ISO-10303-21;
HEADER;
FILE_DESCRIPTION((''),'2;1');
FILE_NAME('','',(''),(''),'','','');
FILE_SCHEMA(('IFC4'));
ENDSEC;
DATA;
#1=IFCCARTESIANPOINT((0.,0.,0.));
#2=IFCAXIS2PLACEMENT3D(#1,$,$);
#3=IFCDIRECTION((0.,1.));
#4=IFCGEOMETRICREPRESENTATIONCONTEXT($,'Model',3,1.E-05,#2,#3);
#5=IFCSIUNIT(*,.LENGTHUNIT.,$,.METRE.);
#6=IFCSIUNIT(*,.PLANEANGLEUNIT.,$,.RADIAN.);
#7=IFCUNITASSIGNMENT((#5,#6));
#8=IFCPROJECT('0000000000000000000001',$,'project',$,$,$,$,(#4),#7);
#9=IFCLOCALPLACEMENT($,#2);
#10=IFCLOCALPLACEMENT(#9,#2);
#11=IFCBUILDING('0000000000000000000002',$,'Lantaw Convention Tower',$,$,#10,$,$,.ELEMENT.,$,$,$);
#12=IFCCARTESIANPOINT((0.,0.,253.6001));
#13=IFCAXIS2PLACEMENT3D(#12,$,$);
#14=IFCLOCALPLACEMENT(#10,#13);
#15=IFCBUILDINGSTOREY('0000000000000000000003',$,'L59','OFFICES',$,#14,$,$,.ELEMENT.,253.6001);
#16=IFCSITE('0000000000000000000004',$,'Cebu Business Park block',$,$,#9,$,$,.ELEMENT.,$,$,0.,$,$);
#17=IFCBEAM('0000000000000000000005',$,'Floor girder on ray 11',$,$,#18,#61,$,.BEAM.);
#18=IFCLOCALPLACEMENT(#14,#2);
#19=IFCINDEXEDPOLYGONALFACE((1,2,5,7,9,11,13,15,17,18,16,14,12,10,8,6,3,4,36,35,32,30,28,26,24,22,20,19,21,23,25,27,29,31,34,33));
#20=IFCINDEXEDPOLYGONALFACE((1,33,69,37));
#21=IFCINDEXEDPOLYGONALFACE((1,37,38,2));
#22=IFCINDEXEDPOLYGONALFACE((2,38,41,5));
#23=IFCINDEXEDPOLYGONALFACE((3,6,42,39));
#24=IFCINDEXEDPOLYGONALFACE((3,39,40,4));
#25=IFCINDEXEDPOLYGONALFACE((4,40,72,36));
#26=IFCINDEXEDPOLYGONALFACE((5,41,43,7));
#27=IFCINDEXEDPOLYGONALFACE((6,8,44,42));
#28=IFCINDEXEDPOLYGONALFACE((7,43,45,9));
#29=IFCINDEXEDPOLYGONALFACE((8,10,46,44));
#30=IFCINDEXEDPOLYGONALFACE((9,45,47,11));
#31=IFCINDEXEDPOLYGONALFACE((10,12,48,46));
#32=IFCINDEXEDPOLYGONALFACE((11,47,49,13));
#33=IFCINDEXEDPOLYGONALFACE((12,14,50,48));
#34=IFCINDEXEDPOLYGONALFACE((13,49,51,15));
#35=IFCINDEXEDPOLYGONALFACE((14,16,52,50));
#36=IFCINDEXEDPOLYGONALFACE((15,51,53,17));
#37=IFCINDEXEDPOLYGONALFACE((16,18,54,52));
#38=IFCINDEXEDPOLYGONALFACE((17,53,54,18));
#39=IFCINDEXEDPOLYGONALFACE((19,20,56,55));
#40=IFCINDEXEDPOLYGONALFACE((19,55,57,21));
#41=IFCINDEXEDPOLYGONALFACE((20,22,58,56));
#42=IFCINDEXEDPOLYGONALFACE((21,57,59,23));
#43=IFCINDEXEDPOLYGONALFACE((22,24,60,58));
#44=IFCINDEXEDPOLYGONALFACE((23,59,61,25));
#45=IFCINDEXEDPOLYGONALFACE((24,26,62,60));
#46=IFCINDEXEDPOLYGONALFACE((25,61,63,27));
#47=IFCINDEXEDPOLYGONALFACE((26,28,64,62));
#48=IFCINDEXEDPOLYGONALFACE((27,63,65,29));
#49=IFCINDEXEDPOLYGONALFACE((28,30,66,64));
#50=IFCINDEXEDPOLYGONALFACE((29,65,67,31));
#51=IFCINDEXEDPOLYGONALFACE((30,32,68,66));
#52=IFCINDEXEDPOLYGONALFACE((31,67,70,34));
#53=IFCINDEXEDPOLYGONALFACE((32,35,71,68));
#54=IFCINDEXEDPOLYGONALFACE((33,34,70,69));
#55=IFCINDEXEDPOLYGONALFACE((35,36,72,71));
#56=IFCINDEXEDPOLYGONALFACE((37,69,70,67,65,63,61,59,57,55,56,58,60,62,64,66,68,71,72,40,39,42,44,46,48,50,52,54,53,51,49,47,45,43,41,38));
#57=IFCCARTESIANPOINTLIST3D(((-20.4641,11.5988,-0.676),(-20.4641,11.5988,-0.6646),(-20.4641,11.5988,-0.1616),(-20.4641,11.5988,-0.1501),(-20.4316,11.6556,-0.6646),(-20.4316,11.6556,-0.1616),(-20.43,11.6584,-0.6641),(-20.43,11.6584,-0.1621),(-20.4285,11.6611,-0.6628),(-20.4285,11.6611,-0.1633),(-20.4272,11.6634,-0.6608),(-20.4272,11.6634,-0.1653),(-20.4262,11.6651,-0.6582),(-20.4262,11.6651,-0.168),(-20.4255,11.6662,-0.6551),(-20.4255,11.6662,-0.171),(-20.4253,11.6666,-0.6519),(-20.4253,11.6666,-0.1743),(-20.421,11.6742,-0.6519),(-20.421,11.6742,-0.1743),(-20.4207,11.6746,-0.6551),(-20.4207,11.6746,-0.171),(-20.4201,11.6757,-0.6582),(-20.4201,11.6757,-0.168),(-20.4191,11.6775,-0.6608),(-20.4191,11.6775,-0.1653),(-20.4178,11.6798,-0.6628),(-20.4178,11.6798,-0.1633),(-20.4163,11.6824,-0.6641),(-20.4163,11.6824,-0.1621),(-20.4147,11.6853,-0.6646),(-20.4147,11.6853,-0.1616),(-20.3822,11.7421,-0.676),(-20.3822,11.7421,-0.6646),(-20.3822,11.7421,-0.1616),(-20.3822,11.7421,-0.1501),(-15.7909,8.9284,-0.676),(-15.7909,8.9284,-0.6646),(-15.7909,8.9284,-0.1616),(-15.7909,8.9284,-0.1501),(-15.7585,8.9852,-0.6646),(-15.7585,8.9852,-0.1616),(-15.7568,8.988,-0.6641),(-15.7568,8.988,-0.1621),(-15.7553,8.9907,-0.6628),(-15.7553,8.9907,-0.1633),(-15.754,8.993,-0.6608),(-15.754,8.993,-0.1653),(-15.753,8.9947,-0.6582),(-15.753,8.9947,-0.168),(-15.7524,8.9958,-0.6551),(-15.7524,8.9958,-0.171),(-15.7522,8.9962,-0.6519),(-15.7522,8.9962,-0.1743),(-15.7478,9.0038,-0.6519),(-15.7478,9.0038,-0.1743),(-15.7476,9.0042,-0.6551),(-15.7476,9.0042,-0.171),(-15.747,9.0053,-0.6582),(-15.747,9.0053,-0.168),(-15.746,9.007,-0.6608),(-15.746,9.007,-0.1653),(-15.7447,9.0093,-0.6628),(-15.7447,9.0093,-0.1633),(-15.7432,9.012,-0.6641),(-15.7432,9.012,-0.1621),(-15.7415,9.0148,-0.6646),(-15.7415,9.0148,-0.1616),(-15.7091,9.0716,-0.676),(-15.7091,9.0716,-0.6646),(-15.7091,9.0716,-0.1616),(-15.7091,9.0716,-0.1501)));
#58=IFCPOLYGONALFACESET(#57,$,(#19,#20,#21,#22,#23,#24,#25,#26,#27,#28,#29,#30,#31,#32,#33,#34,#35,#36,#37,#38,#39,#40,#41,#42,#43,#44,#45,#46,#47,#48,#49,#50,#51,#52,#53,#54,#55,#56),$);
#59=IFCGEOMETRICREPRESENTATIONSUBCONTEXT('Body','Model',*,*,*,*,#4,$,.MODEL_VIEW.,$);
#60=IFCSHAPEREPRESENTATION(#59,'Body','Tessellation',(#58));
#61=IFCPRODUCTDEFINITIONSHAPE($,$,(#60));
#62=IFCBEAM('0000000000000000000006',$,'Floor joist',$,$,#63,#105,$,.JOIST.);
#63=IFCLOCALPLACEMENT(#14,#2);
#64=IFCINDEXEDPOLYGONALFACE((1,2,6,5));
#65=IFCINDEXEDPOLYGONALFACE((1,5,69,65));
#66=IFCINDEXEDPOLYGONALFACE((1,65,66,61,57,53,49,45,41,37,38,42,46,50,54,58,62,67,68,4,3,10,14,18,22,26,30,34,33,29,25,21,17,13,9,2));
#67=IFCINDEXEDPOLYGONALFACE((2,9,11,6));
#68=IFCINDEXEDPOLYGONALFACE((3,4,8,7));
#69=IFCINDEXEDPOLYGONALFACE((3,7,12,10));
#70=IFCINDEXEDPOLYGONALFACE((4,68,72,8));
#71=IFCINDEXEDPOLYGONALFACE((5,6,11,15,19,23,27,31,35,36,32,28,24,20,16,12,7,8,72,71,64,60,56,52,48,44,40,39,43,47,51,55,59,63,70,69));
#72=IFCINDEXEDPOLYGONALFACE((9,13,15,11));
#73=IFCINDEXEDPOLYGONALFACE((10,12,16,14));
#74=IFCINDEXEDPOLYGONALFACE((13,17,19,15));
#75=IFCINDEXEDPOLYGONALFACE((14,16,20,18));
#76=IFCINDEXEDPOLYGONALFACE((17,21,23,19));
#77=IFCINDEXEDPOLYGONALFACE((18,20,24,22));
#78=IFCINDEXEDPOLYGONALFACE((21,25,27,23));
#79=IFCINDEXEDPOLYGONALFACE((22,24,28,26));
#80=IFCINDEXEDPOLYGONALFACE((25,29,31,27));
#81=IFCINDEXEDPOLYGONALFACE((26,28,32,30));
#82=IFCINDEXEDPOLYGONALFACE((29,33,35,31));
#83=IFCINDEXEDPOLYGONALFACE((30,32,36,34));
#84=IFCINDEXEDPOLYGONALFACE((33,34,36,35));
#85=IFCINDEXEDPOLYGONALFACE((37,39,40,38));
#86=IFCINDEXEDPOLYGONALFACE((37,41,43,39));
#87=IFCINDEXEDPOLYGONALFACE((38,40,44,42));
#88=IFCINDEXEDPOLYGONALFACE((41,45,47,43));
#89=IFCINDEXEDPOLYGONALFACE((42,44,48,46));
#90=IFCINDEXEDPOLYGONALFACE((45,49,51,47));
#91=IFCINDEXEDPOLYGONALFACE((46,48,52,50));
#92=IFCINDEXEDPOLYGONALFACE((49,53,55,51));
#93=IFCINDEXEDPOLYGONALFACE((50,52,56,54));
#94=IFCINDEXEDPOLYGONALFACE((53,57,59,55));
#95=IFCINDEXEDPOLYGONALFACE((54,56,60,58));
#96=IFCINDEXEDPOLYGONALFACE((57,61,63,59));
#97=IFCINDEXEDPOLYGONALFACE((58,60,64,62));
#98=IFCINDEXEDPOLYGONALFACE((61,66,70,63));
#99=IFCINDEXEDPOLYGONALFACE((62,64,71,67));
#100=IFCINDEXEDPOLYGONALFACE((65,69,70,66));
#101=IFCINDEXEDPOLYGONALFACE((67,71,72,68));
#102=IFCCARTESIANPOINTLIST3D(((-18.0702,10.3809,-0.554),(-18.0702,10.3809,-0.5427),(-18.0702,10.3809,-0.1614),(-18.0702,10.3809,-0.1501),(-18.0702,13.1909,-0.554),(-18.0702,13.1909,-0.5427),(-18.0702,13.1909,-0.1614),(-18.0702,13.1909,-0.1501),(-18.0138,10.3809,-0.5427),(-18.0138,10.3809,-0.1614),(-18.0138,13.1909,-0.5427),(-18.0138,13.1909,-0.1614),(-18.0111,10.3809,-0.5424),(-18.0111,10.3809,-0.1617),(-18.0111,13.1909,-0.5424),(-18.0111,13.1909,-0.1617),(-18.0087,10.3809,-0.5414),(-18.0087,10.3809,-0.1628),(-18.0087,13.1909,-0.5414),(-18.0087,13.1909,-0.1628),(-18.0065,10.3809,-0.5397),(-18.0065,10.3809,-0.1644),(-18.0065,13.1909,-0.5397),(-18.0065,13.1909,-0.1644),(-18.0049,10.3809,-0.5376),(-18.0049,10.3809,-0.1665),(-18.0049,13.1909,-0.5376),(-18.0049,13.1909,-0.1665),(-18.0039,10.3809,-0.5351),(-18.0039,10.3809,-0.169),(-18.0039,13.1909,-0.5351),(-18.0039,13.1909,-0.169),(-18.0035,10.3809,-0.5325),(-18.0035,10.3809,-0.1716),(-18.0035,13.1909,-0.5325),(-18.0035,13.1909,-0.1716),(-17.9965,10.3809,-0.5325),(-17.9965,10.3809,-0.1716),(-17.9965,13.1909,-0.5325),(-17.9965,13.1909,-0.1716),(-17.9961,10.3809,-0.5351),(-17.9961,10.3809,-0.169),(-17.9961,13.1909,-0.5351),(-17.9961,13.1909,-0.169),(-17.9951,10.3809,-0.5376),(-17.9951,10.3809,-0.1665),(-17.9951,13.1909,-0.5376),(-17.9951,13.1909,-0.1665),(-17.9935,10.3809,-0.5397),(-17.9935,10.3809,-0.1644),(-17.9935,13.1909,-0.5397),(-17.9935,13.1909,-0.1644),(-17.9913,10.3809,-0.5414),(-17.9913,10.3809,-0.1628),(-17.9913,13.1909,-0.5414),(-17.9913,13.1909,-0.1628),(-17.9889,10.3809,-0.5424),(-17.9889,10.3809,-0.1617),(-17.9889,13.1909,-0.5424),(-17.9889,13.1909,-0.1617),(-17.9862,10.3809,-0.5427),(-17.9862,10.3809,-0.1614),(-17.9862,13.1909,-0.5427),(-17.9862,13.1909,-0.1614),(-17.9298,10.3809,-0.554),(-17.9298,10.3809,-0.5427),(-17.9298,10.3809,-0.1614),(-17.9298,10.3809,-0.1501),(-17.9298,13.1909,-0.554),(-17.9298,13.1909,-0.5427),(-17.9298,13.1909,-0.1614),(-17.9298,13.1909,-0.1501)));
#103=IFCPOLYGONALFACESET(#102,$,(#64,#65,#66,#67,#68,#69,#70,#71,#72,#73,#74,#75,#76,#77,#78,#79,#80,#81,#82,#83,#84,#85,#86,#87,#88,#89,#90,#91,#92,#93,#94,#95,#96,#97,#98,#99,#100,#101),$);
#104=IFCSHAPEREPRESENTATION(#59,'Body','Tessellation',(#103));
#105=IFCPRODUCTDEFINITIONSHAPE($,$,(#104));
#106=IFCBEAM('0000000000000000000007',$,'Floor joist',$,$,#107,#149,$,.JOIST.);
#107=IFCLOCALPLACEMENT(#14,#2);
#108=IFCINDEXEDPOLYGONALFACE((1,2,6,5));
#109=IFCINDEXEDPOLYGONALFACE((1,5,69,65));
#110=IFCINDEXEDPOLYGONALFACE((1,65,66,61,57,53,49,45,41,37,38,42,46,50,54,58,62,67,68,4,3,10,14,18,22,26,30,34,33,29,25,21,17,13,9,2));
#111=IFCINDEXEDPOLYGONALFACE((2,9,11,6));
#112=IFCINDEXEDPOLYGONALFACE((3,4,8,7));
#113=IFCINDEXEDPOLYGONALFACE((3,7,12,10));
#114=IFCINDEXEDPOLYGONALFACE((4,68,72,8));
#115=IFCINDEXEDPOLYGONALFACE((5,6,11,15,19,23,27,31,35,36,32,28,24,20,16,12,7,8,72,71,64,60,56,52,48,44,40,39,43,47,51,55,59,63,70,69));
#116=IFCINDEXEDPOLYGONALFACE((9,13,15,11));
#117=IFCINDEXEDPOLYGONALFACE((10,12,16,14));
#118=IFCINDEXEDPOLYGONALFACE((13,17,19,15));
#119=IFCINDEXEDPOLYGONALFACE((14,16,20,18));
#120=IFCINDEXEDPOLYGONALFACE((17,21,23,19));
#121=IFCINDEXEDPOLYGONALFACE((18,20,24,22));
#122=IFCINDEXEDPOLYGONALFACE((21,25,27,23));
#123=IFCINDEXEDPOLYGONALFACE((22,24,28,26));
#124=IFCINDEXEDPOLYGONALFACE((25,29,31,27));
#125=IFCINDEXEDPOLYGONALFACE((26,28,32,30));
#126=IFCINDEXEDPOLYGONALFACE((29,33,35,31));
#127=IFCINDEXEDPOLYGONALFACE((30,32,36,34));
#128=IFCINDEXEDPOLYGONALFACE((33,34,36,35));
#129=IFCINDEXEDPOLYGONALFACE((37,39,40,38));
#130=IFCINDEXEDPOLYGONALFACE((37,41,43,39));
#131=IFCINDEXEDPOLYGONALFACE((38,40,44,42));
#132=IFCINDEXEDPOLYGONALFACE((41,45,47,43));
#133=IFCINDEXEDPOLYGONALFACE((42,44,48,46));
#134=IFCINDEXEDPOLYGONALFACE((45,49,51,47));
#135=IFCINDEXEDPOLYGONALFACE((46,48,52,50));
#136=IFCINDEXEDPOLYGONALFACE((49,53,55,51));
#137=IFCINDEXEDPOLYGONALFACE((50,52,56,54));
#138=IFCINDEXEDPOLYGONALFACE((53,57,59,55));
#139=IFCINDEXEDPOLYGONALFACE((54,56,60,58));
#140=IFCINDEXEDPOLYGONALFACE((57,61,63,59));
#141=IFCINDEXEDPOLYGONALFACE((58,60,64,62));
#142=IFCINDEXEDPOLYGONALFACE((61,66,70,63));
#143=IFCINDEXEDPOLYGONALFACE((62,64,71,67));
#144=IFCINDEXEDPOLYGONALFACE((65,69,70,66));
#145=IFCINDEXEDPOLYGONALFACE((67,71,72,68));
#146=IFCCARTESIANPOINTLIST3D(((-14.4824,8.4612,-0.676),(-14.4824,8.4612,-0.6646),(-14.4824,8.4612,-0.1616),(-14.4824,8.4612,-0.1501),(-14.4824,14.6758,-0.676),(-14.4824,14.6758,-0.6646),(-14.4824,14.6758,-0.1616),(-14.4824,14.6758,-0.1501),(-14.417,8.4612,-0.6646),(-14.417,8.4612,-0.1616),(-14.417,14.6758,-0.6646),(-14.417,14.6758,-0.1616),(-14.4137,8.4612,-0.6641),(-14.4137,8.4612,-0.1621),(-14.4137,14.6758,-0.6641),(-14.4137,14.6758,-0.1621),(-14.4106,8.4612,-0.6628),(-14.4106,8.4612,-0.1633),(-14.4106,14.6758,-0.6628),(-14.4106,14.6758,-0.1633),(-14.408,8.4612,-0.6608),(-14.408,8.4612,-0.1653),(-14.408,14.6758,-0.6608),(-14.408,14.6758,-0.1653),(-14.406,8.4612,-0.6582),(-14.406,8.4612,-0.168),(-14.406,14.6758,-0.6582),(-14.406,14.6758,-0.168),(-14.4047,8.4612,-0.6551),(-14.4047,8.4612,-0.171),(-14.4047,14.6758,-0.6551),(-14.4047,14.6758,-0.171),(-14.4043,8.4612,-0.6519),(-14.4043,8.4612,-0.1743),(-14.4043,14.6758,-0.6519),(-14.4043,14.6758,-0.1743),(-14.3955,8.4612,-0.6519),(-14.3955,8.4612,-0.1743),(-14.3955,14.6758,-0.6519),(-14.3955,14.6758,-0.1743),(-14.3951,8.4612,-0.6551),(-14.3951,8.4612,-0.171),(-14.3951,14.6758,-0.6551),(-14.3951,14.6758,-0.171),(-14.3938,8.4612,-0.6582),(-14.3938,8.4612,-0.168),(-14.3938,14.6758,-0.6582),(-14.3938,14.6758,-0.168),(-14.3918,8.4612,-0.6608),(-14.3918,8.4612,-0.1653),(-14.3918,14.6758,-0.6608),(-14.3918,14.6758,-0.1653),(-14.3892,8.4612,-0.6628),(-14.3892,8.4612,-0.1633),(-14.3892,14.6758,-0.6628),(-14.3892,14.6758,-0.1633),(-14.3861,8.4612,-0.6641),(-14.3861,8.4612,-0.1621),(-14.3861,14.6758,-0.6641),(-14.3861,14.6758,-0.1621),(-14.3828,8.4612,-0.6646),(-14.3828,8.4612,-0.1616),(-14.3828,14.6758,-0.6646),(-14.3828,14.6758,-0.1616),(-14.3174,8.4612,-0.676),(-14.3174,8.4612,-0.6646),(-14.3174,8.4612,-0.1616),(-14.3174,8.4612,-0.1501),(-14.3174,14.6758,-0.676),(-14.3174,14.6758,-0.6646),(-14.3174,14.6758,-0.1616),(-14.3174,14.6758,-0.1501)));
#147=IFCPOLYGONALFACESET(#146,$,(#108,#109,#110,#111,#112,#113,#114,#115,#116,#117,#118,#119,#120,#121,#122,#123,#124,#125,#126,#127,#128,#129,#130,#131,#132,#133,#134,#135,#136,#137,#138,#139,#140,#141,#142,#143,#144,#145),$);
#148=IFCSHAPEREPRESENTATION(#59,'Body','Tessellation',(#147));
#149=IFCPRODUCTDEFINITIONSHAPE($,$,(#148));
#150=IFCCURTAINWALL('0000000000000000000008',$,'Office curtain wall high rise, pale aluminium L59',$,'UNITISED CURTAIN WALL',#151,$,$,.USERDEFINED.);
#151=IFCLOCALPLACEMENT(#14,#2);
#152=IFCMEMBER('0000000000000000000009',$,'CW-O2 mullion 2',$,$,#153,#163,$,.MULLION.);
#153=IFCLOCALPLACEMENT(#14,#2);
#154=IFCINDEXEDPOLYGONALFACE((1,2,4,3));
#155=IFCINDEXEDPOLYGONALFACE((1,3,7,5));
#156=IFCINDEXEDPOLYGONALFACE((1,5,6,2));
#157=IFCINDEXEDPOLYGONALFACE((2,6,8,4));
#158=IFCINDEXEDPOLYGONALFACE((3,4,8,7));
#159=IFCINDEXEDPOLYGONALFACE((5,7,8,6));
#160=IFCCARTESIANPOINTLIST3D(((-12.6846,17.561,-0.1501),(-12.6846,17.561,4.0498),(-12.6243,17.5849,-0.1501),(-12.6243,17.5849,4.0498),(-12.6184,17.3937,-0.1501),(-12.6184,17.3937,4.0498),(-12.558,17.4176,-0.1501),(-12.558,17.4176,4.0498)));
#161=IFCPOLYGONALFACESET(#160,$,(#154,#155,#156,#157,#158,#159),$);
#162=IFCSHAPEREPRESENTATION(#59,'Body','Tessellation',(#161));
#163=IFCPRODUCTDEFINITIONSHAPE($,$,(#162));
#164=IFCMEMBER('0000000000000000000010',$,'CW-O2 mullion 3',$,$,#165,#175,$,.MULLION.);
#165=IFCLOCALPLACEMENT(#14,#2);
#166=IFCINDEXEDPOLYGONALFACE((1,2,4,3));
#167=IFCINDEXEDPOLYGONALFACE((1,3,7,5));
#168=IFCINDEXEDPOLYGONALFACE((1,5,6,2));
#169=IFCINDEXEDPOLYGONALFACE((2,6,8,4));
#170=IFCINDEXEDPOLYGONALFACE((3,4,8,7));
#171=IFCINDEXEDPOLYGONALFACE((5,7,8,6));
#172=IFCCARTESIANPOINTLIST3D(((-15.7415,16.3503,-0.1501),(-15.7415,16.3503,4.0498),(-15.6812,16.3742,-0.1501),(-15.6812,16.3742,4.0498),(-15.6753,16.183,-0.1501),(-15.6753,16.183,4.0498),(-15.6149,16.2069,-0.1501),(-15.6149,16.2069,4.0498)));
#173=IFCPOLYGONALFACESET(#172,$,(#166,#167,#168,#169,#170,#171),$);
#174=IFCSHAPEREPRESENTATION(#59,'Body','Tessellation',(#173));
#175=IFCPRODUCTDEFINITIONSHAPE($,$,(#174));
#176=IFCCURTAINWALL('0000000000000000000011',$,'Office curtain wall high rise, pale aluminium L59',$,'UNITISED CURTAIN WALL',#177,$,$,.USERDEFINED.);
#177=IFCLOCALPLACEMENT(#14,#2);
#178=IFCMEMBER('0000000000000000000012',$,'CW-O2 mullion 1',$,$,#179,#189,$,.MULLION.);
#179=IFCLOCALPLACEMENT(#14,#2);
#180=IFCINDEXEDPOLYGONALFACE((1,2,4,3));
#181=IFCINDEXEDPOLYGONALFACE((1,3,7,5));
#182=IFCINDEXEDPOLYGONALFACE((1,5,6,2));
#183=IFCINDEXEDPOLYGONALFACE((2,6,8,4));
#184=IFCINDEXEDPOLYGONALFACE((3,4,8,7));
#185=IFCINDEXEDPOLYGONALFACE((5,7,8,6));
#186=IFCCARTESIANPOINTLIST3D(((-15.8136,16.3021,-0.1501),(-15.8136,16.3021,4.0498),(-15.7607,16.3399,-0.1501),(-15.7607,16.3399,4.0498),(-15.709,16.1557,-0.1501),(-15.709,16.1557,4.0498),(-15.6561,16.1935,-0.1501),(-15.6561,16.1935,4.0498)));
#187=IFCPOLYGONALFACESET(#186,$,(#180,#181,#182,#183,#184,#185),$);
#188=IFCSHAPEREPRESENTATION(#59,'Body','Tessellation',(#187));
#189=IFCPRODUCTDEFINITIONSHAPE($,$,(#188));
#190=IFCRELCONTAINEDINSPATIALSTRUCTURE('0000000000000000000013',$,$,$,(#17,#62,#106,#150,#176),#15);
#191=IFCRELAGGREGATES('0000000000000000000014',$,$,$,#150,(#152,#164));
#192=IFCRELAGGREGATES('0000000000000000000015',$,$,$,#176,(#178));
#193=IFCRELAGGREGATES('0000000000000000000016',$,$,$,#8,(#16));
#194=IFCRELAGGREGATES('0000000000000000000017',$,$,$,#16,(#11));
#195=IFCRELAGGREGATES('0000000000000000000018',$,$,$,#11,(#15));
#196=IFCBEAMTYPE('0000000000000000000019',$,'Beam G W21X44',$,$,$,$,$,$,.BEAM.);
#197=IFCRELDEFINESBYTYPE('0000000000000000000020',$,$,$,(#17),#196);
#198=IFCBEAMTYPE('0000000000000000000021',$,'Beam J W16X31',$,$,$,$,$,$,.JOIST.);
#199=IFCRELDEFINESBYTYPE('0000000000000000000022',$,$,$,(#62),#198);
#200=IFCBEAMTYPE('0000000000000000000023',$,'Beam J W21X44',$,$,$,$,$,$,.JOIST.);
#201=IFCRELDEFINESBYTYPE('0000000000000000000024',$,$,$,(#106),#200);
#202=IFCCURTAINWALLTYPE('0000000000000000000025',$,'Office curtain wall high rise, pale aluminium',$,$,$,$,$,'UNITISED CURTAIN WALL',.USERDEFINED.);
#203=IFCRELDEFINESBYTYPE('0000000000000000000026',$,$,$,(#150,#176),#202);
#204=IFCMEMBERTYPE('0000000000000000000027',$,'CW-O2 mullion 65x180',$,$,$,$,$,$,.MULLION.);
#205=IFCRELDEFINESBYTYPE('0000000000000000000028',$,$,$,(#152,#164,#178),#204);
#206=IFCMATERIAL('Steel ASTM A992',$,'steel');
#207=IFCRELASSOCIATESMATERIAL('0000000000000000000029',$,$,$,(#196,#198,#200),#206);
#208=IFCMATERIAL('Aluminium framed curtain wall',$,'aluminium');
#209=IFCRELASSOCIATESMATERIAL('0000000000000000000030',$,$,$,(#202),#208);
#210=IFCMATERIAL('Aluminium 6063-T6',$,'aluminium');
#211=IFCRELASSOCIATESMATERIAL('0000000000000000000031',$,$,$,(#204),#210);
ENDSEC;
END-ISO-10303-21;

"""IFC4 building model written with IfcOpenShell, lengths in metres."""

from ifc_helpers import new_model, si_unit, direction, frame, origin, origin_2d, place, context, subcontext, project, spatial, rectangle, i_section, extrude, material, material_profile, profile_set, type_object, element, aggregate, save


model = new_model("IFC4")

# Units and contexts
model_context = context("Model", 3, precision=1e-05, world=origin(), true_north=direction((0.0, 1.0)))
body_context = subcontext(model_context, "Body", "Model", "MODEL_VIEW")
ifc_project = project(units=[si_unit("LENGTHUNIT", "METRE"), si_unit("PLANEANGLEUNIT", "RADIAN")], contexts=[model_context])

# Site, building, storey
site_placement = place(None, origin())
site = spatial("IfcSite", under=ifc_project, at=site_placement, Name="Cebu Business Park block", CompositionType="ELEMENT", RefElevation=0.0)
building_placement = place(site_placement, origin())
building = spatial("IfcBuilding", under=site, at=building_placement, Name="Lantaw Convention Tower", CompositionType="ELEMENT")
storey_placement = place(building_placement, frame((0.0, 0.0, 253.6001)))
storey = spatial("IfcBuildingStorey", under=building, at=storey_placement, Name="L59", Description="OFFICES", CompositionType="ELEMENT", Elevation=253.6001)

# Beams
ifc_material_1 = material(Name="Steel ASTM A992", Category="steel")
ifc_material_profile_1 = material_profile(ifc_material_1, i_section(OverallWidth=0.165, OverallDepth=0.5259, WebThickness=0.0088, FlangeThickness=0.0115, FilletRadius=0.0127, at=origin_2d()), Name="W21X44")
ifc_profile_set_1 = profile_set([ifc_material_profile_1], Name="Steel ASTM A992")
beam_type_1 = type_object("IfcBeamType", Name="Beam G W21X44", PredefinedType="BEAM", material=ifc_profile_set_1)
beam_1_placement = place(storey_placement, frame((-15.75, 9.0, -0.4131), z_axis=(-0.868238, 0.496149, 0.0), x_axis=(-0.496149, -0.868238, 0.0)))
element("IfcBeam", 1, at=beam_1_placement, inside=storey, type_object=beam_type_1, Name="Floor girder on ray 11", PredefinedType="BEAM", context=body_context, shape_type="SweptSolid", body=[
    extrude(i_section(OverallWidth=0.165, OverallDepth=0.5259, WebThickness=0.0088, FlangeThickness=0.0115, FilletRadius=0.0127, at=origin_2d()), origin(), (0.0, 0.0, 1.0), 5.3823),
])
ifc_material_profile_2 = material_profile(ifc_material_1, i_section(OverallWidth=0.1404, OverallDepth=0.4038, WebThickness=0.0071, FlangeThickness=0.0112, FilletRadius=0.0103, at=origin_2d()), Name="W16X31")
ifc_profile_set_2 = profile_set([ifc_material_profile_2], Name="Steel ASTM A992")
beam_type_2 = type_object("IfcBeamType", Name="Beam J W16X31", PredefinedType="JOIST", material=ifc_profile_set_2)
beam_2_placement = place(storey_placement, frame((-18.0, 10.3809, -0.3521), z_axis=(0.0, 1.0, 0.0), x_axis=(-1.0, 0.0, 0.0)))
element("IfcBeam", 2, at=beam_2_placement, inside=storey, type_object=beam_type_2, Name="Floor joist", PredefinedType="JOIST", context=body_context, shape_type="SweptSolid", body=[
    extrude(i_section(OverallWidth=0.1404, OverallDepth=0.4038, WebThickness=0.0071, FlangeThickness=0.0112, FilletRadius=0.0103, at=origin_2d()), origin(), (0.0, 0.0, 1.0), 2.8101),
])
ifc_material_profile_3 = material_profile(ifc_material_1, i_section(OverallWidth=0.165, OverallDepth=0.5259, WebThickness=0.0088, FlangeThickness=0.0115, FilletRadius=0.0127, at=origin_2d()), Name="W21X44")
ifc_profile_set_3 = profile_set([ifc_material_profile_3], Name="Steel ASTM A992")
beam_type_3 = type_object("IfcBeamType", Name="Beam J W21X44", PredefinedType="JOIST", material=ifc_profile_set_3)
beam_3_placement = place(storey_placement, frame((-14.3999, 8.4612, -0.4131), z_axis=(0.0, 1.0, 0.0), x_axis=(-1.0, 0.0, 0.0)))
element("IfcBeam", 3, at=beam_3_placement, inside=storey, type_object=beam_type_3, Name="Floor joist", PredefinedType="JOIST", context=body_context, shape_type="SweptSolid", body=[
    extrude(i_section(OverallWidth=0.165, OverallDepth=0.5259, WebThickness=0.0088, FlangeThickness=0.0115, FilletRadius=0.0127, at=origin_2d()), origin(), (0.0, 0.0, 1.0), 6.2146),
])

# Curtain walls, members
ifc_material_2 = material(Name="Aluminium framed curtain wall", Category="aluminium")
curtain_wall_type = type_object("IfcCurtainWallType", Name="Office curtain wall high rise, pale aluminium", ElementType="UNITISED CURTAIN WALL", PredefinedType="USERDEFINED", material=ifc_material_2)
curtain_wall_1_placement = place(storey_placement, origin())
curtain_wall_1 = element("IfcCurtainWall", 4, at=curtain_wall_1_placement, inside=storey, type_object=curtain_wall_type, Name="Office curtain wall high rise, pale aluminium L59", ObjectType="UNITISED CURTAIN WALL", PredefinedType="USERDEFINED")
ifc_material_3 = material(Name="Aluminium 6063-T6", Category="aluminium")
ifc_material_profile_4 = material_profile(ifc_material_3, rectangle(XDim=0.1799, YDim=0.0649, at=origin_2d()), Name="CW-O2 mullion 65x180")
ifc_profile_set_4 = profile_set([ifc_material_profile_4], Name="Aluminium 6063-T6")
member_type_1 = type_object("IfcMemberType", Name="CW-O2 mullion 65x180", PredefinedType="MULLION", material=ifc_profile_set_4)
member_1_placement = place(storey_placement, frame((-12.6213, 17.4893, -0.1501), z_axis=(0.0, 0.0, 1.0), x_axis=(0.368162, -0.929762, 0.0)))
member_1 = element("IfcMember", 5, at=member_1_placement, type_object=member_type_1, Name="CW-O2 mullion 2", PredefinedType="MULLION", context=body_context, shape_type="SweptSolid", body=[
    extrude(rectangle(XDim=0.1799, YDim=0.0649, at=origin_2d()), origin(), (0.0, 0.0, 1.0), 4.2),
])
member_2_placement = place(storey_placement, frame((-15.6782, 16.2786, -0.1501), z_axis=(0.0, 0.0, 1.0), x_axis=(0.368162, -0.929762, 0.0)))
member_2 = element("IfcMember", 6, at=member_2_placement, type_object=member_type_1, Name="CW-O2 mullion 3", PredefinedType="MULLION", context=body_context, shape_type="SweptSolid", body=[
    extrude(rectangle(XDim=0.1799, YDim=0.0649, at=origin_2d()), origin(), (0.0, 0.0, 1.0), 4.2),
])
curtain_wall_2_placement = place(storey_placement, origin())
curtain_wall_2 = element("IfcCurtainWall", 7, at=curtain_wall_2_placement, inside=storey, type_object=curtain_wall_type, Name="Office curtain wall high rise, pale aluminium L59", ObjectType="UNITISED CURTAIN WALL", PredefinedType="USERDEFINED")
member_3_placement = place(storey_placement, frame((-15.7349, 16.2478, -0.1501), z_axis=(0.0, 0.0, 1.0), x_axis=(0.581323, -0.813673, 0.0)))
member_3 = element("IfcMember", 8, at=member_3_placement, type_object=member_type_1, Name="CW-O2 mullion 1", PredefinedType="MULLION", context=body_context, shape_type="SweptSolid", body=[
    extrude(rectangle(XDim=0.1799, YDim=0.0649, at=origin_2d()), origin(), (0.0, 0.0, 1.0), 4.2),
])

aggregate(curtain_wall_1, [member_1, member_2])
aggregate(curtain_wall_2, [member_3])

save(model, "model.ifc")
